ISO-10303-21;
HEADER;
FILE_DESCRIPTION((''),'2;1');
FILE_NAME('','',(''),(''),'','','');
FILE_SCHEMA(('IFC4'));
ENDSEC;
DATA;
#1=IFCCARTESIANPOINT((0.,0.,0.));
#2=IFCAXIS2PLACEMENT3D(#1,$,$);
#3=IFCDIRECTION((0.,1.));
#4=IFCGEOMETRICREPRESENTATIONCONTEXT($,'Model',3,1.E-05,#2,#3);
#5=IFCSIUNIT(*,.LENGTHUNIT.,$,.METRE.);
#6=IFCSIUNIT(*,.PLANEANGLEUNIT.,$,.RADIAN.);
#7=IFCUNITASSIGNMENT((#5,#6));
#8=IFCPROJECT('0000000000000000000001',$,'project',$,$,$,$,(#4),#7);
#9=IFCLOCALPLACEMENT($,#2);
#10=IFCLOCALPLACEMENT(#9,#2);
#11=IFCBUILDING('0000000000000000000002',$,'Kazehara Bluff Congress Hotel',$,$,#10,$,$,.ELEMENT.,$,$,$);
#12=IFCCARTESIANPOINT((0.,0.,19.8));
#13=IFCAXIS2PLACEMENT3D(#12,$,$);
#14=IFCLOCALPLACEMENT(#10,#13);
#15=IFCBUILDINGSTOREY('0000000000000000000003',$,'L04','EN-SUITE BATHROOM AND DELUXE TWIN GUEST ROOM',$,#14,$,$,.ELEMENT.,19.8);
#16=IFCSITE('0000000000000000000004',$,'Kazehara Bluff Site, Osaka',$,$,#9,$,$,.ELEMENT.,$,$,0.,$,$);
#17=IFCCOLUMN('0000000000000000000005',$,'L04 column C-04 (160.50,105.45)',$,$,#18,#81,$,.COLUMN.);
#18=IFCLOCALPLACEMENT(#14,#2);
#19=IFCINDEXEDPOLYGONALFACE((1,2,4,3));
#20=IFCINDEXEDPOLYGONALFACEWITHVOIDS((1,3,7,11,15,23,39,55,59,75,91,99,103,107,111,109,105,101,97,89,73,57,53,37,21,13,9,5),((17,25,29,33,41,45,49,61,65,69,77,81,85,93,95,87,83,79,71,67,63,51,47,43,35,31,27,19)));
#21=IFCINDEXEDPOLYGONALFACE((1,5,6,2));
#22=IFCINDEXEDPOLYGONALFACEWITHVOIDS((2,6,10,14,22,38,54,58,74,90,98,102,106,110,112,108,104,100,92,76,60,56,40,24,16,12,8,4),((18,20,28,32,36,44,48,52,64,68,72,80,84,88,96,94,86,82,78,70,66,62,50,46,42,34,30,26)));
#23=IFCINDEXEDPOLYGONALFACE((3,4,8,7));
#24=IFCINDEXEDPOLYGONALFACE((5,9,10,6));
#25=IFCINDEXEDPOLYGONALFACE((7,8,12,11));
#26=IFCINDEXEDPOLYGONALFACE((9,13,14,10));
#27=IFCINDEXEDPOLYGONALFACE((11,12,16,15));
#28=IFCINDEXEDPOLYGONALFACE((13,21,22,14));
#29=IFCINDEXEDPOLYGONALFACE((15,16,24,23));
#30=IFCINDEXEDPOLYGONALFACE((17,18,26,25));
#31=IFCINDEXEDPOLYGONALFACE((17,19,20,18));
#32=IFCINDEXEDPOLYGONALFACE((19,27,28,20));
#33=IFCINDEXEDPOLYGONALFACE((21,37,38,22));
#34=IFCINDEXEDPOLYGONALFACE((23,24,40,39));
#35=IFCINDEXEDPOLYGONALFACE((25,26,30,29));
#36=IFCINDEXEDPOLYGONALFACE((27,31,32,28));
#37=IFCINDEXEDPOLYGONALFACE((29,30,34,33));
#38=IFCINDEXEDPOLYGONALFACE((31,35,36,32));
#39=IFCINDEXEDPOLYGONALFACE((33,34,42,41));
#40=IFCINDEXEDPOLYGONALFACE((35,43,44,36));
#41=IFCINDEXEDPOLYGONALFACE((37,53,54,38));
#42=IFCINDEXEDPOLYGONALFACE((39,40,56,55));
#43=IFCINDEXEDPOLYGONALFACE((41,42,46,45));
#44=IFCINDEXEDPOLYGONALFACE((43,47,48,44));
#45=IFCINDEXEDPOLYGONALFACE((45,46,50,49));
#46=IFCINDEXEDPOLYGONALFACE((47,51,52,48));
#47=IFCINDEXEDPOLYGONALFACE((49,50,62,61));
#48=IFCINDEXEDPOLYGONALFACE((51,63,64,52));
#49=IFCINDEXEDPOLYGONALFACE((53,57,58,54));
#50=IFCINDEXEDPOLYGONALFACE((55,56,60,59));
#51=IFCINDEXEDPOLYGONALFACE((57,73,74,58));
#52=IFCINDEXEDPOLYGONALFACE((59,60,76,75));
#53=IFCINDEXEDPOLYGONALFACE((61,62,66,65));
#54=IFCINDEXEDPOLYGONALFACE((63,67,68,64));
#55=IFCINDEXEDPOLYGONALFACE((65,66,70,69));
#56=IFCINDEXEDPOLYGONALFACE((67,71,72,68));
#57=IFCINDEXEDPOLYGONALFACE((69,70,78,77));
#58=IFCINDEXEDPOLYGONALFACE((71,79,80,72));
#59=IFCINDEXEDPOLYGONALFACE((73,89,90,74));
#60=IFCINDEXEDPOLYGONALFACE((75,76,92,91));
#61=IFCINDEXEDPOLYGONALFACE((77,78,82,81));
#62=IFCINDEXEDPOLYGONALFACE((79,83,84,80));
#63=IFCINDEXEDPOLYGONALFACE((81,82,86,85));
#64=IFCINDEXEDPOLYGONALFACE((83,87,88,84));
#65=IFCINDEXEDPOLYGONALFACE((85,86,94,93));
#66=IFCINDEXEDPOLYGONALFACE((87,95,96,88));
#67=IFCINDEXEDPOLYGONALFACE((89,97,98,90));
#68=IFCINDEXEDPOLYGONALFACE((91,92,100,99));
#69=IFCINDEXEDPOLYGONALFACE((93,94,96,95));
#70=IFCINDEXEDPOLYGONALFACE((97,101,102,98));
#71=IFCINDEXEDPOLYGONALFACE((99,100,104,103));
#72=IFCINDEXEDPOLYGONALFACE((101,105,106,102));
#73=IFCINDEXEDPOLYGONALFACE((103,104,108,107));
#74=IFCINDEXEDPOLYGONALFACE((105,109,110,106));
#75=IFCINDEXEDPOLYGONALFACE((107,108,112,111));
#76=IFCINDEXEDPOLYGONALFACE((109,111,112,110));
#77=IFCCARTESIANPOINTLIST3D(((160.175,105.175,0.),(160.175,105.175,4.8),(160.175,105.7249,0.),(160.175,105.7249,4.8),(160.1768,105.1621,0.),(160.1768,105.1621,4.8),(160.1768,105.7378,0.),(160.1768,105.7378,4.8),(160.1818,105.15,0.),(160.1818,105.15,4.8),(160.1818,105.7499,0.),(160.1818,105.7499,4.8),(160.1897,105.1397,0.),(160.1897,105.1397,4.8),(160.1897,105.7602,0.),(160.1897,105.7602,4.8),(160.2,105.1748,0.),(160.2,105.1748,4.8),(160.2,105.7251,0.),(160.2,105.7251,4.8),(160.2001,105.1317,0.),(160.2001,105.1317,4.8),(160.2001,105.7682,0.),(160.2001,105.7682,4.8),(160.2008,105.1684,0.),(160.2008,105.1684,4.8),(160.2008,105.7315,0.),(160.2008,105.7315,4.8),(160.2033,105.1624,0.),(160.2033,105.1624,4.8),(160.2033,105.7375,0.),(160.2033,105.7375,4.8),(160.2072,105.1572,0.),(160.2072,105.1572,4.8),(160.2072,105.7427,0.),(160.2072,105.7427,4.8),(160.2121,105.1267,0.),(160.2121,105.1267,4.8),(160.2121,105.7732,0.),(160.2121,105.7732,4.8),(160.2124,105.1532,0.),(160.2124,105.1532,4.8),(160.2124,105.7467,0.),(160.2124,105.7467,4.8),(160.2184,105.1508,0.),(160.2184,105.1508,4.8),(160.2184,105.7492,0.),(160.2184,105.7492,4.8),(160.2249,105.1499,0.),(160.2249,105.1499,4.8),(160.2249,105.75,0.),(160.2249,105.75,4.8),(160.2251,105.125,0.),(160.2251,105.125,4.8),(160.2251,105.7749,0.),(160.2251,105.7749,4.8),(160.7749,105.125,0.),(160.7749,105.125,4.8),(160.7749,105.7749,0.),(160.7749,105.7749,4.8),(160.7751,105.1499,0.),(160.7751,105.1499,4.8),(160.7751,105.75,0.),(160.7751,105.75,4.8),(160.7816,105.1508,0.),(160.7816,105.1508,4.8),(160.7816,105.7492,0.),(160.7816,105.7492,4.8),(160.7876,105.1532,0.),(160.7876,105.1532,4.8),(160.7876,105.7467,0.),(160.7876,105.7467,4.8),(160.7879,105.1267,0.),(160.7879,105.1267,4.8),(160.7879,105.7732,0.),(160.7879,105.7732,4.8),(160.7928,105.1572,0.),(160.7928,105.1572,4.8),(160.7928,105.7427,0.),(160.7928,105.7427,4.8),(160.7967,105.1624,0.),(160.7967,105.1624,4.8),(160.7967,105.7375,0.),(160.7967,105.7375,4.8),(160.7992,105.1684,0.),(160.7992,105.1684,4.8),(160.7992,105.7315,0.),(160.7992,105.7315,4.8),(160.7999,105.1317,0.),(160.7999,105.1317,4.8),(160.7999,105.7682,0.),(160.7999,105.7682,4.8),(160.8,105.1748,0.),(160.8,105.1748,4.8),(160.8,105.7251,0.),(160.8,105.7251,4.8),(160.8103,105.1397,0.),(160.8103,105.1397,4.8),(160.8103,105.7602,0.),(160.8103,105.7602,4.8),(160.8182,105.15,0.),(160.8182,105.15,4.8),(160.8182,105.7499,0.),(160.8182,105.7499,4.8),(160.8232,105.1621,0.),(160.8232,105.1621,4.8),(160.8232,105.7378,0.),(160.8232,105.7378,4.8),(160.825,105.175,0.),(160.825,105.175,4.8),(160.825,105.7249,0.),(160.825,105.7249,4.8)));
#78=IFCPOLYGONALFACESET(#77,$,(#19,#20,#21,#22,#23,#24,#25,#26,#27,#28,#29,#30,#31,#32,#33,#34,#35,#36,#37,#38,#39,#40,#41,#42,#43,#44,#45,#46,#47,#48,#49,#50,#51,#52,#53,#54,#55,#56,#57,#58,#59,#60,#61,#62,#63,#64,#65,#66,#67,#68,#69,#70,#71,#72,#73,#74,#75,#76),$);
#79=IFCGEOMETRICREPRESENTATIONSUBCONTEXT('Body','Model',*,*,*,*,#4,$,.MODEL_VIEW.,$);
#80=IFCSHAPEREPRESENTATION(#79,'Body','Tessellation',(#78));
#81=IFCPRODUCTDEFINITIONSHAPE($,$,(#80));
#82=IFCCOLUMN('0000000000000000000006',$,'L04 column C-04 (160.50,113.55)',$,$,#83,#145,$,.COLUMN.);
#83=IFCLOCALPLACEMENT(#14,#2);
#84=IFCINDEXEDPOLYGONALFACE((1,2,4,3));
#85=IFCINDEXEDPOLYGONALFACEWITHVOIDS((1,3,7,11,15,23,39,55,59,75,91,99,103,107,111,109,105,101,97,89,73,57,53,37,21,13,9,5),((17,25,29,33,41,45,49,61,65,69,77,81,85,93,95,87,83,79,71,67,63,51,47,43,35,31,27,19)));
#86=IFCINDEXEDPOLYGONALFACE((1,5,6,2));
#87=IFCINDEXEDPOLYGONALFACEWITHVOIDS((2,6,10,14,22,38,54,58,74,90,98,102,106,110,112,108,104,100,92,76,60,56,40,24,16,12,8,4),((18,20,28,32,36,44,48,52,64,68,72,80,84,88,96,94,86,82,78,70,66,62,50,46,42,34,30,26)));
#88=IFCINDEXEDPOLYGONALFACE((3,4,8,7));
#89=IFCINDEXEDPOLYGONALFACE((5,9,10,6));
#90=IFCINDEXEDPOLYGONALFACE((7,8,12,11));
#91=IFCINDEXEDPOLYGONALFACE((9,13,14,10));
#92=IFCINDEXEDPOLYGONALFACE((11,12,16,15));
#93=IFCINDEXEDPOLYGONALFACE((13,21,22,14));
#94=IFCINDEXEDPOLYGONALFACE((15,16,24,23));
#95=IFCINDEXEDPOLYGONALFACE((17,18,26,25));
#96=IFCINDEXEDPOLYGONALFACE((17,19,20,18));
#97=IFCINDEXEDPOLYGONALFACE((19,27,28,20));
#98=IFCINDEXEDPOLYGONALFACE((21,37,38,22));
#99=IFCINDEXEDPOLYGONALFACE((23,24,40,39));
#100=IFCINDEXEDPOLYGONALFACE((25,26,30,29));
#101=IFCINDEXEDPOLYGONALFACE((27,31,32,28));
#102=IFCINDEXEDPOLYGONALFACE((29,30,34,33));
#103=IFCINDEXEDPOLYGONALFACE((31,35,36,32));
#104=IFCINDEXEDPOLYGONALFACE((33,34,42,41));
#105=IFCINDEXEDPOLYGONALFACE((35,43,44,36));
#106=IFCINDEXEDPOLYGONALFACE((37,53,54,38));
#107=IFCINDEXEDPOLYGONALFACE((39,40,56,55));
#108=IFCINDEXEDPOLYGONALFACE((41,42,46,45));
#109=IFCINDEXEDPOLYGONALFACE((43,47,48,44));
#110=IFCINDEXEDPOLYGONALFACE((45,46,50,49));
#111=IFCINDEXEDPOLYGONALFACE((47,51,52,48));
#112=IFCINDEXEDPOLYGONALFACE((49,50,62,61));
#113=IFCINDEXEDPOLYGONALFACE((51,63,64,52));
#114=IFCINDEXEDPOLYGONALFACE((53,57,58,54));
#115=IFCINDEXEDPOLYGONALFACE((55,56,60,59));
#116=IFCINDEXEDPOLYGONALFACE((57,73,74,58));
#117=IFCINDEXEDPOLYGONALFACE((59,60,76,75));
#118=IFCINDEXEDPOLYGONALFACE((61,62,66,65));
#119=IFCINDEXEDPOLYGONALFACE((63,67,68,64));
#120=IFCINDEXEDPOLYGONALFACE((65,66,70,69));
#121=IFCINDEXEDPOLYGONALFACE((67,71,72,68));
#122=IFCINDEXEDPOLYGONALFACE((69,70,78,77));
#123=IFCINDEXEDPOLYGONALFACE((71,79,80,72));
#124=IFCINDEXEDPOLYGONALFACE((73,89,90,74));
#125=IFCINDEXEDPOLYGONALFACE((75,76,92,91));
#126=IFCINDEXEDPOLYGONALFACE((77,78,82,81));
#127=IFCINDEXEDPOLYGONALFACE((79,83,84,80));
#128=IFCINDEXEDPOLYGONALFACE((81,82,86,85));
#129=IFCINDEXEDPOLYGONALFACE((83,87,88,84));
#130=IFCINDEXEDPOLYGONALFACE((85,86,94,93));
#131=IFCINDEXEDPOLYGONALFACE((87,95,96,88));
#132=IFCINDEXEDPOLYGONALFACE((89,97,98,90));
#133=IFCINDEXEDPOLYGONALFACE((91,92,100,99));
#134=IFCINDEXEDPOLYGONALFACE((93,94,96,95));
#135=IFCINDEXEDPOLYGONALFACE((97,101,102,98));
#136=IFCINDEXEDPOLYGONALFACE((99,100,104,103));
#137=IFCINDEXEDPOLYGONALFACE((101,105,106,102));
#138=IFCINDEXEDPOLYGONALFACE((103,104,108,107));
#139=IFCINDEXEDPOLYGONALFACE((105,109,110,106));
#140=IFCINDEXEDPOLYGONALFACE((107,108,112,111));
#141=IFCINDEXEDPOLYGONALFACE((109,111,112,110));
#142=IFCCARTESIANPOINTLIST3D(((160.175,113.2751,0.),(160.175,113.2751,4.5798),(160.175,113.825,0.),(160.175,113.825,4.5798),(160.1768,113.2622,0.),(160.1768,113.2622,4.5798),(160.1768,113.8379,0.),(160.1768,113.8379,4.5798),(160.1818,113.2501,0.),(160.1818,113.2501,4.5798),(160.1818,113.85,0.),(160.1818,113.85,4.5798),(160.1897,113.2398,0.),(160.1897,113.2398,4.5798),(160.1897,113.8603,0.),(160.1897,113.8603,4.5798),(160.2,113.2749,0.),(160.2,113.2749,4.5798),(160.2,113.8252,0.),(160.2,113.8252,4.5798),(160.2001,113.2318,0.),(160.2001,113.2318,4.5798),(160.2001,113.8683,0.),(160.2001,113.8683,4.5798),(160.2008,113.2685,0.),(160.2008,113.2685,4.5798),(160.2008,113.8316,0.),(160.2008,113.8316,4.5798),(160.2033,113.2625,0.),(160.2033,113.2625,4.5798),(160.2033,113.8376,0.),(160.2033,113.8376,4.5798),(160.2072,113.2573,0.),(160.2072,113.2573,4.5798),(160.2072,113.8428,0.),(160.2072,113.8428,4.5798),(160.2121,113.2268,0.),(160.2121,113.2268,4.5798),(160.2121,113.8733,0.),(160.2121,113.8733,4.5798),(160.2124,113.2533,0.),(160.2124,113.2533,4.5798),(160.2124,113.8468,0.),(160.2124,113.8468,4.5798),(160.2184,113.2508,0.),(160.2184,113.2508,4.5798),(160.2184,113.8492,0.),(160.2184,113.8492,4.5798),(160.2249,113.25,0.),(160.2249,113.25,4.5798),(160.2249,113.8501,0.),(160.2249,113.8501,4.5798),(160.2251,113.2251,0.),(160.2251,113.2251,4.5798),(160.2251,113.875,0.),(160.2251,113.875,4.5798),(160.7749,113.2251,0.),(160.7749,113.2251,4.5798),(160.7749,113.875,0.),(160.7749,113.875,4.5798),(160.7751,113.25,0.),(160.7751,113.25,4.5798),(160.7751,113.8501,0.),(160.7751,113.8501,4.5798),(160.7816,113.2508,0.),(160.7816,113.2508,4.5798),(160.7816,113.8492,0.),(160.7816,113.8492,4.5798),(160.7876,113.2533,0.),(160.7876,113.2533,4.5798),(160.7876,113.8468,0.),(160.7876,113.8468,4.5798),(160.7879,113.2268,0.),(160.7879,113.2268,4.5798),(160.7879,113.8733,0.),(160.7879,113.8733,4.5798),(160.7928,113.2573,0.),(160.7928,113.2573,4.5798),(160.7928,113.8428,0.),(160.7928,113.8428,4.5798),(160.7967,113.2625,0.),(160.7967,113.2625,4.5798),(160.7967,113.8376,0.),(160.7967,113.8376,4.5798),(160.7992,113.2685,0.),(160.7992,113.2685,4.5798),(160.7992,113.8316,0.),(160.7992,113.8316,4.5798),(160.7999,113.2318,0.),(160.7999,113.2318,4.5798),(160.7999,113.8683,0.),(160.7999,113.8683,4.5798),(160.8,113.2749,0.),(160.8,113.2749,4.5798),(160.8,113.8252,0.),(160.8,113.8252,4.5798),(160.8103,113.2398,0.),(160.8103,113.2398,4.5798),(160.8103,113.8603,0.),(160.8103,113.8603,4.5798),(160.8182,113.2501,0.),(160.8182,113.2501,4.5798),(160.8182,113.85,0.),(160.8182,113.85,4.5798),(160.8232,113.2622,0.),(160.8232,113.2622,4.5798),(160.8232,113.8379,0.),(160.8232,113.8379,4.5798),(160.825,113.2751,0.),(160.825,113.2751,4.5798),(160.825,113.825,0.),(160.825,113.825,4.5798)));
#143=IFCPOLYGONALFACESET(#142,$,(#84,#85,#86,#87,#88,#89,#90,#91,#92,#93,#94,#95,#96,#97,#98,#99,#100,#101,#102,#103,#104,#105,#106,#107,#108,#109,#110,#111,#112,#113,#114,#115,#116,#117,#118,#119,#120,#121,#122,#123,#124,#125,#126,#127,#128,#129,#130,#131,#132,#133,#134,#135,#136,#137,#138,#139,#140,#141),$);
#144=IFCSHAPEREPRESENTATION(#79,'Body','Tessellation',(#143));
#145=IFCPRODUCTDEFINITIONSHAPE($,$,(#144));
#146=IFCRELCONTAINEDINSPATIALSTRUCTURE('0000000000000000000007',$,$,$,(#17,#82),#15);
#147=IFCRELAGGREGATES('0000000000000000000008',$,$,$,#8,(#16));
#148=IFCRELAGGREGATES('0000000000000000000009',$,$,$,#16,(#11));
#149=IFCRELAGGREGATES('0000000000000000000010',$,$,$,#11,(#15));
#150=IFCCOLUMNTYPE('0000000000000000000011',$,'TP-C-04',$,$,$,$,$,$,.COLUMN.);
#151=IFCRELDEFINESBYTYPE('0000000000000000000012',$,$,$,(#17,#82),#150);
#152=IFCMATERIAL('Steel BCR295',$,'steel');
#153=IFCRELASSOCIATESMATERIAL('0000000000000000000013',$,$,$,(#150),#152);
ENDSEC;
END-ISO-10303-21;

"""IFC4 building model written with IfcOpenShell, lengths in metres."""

from ifc_helpers import new_model, si_unit, direction, frame, origin, origin_2d, place, context, subcontext, project, spatial, hollow_rectangle, extrude, material, material_profile, profile_set, type_object, element, save


model = new_model("IFC4")

# Units and contexts
model_context = context("Model", 3, precision=1e-05, world=origin(), true_north=direction((0.0, 1.0)))
body_context = subcontext(model_context, "Body", "Model", "MODEL_VIEW")
ifc_project = project(units=[si_unit("LENGTHUNIT", "METRE"), si_unit("PLANEANGLEUNIT", "RADIAN")], contexts=[model_context])

# Site, building, storey
site_placement = place(None, origin())
site = spatial("IfcSite", under=ifc_project, at=site_placement, Name="Kazehara Bluff Site, Osaka", CompositionType="ELEMENT", RefElevation=0.0)
building_placement = place(site_placement, origin())
building = spatial("IfcBuilding", under=site, at=building_placement, Name="Kazehara Bluff Congress Hotel", CompositionType="ELEMENT")
storey_placement = place(building_placement, frame((0.0, 0.0, 19.8)))
storey = spatial("IfcBuildingStorey", under=building, at=storey_placement, Name="L04", Description="EN-SUITE BATHROOM AND DELUXE TWIN GUEST ROOM", CompositionType="ELEMENT", Elevation=19.8)

# Columns
ifc_material_1 = material(Name="Steel BCR295", Category="steel")
ifc_material_profile_1 = material_profile(ifc_material_1, hollow_rectangle(XDim=0.6499, YDim=0.6499, WallThickness=0.0249, InnerFilletRadius=0.0249, OuterFilletRadius=0.05, at=origin_2d()))
ifc_profile_set_1 = profile_set([ifc_material_profile_1], Name="Steel BCR295")
column_type = type_object("IfcColumnType", Name="TP-C-04", PredefinedType="COLUMN", material=ifc_profile_set_1)
column_1_placement = place(storey_placement, frame((160.5, 105.45, 0.0), z_axis=(0.0, 0.0, 1.0), x_axis=(1.0, 0.0, 0.0)))
element("IfcColumn", 1, at=column_1_placement, inside=storey, type_object=column_type, Name="L04 column C-04 (160.50,105.45)", PredefinedType="COLUMN", context=body_context, shape_type="SweptSolid", body=[
    extrude(hollow_rectangle(XDim=0.6499, YDim=0.6499, WallThickness=0.0249, InnerFilletRadius=0.0249, OuterFilletRadius=0.05, at=origin_2d()), origin(), (0.0, 0.0, 1.0), 4.8),
])
column_2_placement = place(storey_placement, frame((160.5, 113.55, 0.0), z_axis=(0.0, 0.0, 1.0), x_axis=(1.0, 0.0, 0.0)))
element("IfcColumn", 2, at=column_2_placement, inside=storey, type_object=column_type, Name="L04 column C-04 (160.50,113.55)", PredefinedType="COLUMN", context=body_context, shape_type="SweptSolid", body=[
    extrude(hollow_rectangle(XDim=0.6499, YDim=0.6499, WallThickness=0.0249, InnerFilletRadius=0.0249, OuterFilletRadius=0.05, at=origin_2d()), origin(), (0.0, 0.0, 1.0), 4.5798),
])

save(model, "model.ifc")
